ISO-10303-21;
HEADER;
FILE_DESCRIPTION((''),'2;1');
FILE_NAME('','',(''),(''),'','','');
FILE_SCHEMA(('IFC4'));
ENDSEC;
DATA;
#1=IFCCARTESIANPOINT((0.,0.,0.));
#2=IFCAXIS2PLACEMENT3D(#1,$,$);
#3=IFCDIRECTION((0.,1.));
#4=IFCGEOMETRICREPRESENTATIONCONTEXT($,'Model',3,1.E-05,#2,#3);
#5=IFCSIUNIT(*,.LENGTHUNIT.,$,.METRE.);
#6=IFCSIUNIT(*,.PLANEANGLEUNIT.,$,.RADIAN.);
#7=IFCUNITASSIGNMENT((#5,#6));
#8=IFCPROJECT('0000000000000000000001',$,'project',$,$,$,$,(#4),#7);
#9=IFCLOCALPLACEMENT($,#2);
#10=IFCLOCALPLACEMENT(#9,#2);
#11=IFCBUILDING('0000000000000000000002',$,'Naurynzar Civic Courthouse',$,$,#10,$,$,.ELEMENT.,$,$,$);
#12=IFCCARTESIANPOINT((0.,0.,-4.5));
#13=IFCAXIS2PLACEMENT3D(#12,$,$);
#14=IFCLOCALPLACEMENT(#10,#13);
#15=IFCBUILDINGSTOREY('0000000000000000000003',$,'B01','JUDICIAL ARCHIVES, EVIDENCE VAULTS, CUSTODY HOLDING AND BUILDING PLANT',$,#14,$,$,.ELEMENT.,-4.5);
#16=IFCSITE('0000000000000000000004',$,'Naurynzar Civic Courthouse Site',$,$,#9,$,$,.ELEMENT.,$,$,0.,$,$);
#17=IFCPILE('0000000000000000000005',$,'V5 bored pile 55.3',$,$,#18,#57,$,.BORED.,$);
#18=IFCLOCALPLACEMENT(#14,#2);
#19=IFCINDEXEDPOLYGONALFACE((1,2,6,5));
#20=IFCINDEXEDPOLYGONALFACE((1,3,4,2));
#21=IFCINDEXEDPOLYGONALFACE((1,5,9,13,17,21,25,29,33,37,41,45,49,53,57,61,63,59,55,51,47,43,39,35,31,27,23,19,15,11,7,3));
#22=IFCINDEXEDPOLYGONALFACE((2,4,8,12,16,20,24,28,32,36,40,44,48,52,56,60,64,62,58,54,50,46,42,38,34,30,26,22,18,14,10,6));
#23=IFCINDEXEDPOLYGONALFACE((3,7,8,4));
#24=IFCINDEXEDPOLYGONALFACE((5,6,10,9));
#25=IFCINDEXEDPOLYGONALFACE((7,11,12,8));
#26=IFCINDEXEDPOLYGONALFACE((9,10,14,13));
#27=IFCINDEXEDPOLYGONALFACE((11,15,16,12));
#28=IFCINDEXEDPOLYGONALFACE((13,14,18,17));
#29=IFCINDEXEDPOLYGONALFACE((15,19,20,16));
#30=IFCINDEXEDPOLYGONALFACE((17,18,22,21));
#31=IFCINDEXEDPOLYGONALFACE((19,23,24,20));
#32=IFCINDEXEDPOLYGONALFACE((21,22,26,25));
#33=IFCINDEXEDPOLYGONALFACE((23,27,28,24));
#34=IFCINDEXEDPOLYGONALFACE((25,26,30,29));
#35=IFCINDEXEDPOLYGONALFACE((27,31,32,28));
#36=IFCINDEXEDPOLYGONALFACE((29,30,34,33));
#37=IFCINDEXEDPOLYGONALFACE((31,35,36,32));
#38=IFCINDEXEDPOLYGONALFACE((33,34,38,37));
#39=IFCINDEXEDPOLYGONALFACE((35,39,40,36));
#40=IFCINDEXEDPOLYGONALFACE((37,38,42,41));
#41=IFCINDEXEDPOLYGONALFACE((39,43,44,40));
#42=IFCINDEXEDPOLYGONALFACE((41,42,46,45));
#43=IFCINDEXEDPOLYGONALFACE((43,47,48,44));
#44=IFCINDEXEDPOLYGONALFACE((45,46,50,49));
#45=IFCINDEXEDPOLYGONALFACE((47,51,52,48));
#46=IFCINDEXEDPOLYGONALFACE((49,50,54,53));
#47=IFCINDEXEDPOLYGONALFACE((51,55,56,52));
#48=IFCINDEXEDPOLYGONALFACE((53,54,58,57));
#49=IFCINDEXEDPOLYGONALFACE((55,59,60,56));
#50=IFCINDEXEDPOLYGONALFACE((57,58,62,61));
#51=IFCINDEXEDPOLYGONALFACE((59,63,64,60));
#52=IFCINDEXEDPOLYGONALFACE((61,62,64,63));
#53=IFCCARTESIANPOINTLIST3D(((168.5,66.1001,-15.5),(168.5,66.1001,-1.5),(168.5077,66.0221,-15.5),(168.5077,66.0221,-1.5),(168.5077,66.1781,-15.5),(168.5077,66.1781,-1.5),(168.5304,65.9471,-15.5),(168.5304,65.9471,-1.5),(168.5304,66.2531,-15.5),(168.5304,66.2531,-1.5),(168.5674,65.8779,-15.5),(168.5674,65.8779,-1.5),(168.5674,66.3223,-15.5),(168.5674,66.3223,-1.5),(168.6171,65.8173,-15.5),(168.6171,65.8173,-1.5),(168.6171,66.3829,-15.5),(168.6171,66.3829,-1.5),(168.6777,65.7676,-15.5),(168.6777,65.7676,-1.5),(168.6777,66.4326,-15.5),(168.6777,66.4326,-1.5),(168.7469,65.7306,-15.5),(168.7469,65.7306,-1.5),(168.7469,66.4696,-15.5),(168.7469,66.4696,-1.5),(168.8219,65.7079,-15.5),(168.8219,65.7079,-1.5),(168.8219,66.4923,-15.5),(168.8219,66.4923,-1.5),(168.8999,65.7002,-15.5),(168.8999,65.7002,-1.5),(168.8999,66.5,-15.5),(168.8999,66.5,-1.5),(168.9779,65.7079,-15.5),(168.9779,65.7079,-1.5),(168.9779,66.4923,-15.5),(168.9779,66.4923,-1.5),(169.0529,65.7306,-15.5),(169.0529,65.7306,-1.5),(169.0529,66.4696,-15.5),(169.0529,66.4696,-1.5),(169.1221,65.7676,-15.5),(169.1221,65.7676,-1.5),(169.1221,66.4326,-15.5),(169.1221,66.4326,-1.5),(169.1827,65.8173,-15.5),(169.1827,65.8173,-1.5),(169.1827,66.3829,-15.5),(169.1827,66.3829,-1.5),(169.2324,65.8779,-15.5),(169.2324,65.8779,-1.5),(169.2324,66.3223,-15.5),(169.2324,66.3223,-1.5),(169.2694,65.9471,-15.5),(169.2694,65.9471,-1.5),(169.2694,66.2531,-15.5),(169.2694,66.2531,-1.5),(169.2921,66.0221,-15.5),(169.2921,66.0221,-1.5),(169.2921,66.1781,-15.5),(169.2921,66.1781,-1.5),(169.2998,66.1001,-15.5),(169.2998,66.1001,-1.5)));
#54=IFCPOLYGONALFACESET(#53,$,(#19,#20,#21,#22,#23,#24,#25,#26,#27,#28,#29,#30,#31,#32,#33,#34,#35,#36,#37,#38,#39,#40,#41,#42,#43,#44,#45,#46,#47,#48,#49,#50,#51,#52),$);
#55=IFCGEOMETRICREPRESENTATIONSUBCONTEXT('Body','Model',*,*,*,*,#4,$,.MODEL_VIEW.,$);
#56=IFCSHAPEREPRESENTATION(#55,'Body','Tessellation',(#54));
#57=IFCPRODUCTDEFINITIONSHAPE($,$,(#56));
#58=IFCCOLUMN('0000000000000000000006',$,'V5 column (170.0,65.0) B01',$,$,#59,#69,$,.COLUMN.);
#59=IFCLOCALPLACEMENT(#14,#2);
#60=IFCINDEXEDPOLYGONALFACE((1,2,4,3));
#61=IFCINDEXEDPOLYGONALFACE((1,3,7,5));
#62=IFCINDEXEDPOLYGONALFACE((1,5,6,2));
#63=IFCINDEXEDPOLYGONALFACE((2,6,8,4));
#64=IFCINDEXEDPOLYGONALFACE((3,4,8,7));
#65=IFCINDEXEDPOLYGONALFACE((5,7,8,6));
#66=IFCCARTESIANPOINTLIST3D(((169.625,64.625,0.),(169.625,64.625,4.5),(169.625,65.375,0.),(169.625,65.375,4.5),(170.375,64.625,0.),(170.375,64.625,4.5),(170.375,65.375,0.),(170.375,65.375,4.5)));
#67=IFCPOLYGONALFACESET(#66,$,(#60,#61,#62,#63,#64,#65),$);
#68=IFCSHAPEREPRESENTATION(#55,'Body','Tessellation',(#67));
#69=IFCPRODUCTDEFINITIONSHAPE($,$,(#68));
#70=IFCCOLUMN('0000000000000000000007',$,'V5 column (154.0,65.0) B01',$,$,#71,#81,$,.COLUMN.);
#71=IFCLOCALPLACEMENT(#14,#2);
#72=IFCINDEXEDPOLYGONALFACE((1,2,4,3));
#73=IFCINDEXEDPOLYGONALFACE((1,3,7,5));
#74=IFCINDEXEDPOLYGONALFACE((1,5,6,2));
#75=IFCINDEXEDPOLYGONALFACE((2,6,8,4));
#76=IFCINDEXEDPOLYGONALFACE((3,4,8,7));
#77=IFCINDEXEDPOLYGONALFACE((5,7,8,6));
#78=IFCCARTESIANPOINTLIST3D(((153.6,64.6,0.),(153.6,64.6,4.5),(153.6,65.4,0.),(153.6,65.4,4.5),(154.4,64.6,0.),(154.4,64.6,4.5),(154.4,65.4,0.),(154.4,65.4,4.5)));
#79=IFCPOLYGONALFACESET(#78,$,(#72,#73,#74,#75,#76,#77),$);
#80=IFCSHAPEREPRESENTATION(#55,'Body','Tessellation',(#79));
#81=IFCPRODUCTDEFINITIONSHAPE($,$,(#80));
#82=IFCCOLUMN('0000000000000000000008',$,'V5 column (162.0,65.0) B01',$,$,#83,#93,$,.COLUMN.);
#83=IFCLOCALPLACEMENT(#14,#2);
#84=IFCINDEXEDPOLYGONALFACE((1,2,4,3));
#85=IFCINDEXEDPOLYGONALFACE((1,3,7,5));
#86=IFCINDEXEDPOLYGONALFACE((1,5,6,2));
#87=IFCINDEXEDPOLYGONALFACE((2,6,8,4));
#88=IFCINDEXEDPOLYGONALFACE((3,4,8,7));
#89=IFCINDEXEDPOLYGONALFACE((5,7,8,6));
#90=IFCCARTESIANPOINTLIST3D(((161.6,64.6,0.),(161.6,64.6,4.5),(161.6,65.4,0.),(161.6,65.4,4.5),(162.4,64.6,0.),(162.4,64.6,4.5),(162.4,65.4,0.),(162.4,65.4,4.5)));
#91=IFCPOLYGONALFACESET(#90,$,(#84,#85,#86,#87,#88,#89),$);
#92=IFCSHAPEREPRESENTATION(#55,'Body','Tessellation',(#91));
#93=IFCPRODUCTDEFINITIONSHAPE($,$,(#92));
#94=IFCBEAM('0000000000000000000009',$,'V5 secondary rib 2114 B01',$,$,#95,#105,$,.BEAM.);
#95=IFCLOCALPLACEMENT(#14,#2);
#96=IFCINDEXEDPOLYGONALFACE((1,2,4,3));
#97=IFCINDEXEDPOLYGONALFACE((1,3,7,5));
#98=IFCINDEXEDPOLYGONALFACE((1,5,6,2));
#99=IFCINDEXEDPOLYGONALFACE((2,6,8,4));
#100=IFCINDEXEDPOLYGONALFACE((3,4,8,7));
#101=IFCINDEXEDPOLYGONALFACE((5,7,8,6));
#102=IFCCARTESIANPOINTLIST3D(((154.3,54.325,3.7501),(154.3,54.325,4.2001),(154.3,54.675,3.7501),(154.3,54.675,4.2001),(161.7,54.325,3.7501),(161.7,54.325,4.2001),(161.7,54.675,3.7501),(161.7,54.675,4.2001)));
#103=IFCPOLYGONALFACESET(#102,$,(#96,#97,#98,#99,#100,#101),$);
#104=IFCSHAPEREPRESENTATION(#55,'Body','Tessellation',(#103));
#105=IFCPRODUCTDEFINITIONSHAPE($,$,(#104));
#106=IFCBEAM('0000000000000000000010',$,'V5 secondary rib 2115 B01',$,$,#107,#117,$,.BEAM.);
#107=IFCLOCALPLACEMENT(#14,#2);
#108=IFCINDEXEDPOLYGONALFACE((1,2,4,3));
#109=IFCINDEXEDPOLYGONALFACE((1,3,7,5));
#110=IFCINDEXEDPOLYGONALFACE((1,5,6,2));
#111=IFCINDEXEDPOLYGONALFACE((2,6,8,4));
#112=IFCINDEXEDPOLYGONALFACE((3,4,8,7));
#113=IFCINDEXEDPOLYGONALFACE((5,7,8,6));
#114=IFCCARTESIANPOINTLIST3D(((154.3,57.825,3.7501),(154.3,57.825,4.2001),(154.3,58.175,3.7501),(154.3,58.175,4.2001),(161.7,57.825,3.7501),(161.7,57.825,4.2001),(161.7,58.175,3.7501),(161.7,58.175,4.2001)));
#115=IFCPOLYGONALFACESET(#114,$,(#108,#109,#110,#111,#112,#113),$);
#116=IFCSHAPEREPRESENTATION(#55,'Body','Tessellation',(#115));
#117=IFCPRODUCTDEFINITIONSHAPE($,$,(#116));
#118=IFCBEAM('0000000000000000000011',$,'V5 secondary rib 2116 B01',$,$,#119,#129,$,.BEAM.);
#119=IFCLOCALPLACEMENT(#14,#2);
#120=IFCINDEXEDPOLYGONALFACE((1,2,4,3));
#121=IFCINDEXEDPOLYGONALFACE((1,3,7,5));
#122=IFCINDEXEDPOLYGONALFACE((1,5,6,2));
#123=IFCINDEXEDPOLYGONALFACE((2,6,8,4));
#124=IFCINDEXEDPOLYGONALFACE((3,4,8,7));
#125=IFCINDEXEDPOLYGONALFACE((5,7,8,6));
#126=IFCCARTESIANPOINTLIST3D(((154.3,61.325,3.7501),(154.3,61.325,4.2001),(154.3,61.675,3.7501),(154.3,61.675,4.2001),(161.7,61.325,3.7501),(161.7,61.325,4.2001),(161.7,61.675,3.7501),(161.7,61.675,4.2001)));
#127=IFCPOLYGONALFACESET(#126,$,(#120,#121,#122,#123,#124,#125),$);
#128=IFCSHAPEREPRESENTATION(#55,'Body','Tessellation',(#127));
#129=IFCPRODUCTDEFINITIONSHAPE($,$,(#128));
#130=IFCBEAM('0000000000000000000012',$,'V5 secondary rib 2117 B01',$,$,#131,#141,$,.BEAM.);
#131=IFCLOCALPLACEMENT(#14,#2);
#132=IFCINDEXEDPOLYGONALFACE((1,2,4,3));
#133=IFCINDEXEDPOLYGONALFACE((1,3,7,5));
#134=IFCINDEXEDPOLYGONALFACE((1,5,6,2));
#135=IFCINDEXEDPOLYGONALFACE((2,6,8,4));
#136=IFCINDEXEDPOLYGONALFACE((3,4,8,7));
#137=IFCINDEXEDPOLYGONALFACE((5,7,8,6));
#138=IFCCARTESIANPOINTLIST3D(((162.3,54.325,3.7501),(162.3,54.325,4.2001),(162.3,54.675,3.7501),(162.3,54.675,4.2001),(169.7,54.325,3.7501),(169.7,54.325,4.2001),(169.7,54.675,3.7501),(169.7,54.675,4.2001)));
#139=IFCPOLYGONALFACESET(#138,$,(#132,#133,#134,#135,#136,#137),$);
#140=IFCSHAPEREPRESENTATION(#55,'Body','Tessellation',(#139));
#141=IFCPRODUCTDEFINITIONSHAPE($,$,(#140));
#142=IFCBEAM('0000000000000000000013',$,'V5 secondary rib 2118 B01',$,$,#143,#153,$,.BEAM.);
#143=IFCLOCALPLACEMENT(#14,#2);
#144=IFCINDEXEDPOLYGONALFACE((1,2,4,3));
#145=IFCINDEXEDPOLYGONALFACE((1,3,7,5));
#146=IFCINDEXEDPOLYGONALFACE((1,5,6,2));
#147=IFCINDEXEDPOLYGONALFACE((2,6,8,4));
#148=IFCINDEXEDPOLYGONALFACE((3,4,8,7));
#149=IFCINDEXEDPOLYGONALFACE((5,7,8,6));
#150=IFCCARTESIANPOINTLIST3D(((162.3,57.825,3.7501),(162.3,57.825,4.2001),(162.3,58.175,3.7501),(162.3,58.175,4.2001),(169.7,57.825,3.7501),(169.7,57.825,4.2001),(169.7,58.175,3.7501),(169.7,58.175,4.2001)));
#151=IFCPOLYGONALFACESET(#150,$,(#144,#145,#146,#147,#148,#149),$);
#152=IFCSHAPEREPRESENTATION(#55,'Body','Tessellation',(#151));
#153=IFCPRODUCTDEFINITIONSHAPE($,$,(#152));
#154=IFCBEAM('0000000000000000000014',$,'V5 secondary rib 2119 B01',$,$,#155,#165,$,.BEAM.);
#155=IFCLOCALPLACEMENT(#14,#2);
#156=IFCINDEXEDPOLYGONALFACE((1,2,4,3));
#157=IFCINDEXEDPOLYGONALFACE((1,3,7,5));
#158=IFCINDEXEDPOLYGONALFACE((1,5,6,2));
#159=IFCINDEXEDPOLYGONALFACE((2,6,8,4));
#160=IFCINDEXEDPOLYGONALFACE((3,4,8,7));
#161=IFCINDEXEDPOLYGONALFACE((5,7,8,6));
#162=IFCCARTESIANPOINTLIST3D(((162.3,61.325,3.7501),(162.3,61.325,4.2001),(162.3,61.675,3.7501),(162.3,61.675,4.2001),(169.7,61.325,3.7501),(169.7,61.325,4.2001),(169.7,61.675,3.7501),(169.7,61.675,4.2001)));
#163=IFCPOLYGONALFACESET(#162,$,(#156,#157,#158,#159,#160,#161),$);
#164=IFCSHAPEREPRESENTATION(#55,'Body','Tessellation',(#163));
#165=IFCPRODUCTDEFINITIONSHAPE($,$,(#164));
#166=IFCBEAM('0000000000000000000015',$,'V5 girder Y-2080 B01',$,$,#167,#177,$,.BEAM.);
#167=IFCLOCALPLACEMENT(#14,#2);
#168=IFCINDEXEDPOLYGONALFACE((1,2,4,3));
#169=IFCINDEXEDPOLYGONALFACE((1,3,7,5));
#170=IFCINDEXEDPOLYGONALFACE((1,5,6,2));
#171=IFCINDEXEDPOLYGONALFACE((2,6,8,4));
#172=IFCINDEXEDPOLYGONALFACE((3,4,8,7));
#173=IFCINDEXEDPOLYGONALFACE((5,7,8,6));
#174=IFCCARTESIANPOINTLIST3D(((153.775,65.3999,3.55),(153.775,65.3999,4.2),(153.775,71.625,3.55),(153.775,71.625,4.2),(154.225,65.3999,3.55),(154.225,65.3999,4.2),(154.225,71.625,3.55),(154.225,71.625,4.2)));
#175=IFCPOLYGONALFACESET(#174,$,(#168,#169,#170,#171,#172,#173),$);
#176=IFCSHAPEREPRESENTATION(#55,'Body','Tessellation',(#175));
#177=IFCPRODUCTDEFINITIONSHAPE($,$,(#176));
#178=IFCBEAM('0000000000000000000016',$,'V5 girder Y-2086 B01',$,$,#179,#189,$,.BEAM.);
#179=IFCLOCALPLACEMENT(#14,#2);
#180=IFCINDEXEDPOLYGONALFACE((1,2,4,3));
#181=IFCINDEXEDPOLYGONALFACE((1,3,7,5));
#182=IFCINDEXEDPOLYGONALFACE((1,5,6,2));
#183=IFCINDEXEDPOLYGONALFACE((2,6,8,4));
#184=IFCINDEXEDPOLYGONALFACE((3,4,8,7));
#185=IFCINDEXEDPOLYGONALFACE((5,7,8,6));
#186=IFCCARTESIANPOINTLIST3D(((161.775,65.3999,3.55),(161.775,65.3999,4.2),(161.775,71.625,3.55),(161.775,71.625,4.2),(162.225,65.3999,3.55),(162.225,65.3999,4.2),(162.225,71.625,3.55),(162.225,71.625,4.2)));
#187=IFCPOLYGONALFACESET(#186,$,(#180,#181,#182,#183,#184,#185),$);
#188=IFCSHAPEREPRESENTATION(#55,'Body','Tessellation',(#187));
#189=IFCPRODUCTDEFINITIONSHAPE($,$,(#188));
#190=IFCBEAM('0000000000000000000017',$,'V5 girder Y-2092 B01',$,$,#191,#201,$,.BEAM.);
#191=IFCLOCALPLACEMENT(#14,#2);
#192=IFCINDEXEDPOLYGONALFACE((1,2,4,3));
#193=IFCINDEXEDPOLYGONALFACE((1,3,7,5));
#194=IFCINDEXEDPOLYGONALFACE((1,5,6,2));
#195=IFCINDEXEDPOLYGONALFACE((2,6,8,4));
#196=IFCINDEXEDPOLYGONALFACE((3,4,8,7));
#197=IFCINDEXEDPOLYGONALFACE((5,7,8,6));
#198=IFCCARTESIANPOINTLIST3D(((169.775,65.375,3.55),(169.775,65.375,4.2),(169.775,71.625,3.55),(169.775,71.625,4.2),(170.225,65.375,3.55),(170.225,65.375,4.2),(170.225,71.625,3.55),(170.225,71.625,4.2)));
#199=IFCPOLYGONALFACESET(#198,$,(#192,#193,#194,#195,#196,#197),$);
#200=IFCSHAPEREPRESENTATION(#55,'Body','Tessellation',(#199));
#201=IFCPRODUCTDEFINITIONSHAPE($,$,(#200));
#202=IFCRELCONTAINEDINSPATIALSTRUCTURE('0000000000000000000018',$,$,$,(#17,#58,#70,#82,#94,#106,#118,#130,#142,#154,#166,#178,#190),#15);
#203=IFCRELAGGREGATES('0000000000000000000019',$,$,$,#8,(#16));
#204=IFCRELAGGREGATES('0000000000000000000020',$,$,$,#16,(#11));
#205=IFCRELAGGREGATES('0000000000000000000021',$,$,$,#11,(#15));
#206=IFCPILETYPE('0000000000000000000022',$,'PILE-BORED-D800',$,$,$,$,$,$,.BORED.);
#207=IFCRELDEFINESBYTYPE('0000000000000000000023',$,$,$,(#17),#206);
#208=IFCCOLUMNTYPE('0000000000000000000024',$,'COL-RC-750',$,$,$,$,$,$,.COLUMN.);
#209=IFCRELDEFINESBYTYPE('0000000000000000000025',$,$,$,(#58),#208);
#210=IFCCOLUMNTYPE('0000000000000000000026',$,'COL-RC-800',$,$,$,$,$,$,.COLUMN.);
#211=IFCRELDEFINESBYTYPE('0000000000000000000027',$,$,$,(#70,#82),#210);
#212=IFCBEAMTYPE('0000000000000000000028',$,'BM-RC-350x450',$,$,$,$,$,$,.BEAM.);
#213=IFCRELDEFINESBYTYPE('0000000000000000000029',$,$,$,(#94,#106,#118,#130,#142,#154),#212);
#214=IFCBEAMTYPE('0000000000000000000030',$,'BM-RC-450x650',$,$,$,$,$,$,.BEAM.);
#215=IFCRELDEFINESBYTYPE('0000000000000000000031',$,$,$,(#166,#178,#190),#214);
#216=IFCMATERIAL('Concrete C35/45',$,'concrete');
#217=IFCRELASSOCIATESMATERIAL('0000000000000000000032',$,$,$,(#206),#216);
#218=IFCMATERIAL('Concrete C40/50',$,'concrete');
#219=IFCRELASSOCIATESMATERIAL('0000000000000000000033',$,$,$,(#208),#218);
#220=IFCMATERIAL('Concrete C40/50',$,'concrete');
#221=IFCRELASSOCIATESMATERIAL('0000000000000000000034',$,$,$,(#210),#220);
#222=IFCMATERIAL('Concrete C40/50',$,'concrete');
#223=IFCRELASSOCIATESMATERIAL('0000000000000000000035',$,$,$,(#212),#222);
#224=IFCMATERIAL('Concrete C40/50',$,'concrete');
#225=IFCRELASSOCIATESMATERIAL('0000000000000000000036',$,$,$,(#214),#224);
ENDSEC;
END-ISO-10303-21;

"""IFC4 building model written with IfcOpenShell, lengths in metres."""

from ifc_helpers import new_model, si_unit, direction, frame, origin, origin_2d, place, context, subcontext, project, spatial, rectangle, circle, extrude, material, material_profile, profile_set, type_object, element, save


model = new_model("IFC4")

# Units and contexts
model_context = context("Model", 3, precision=1e-05, world=origin(), true_north=direction((0.0, 1.0)))
body_context = subcontext(model_context, "Body", "Model", "MODEL_VIEW")
ifc_project = project(units=[si_unit("LENGTHUNIT", "METRE"), si_unit("PLANEANGLEUNIT", "RADIAN")], contexts=[model_context])

# Site, building, storey
site_placement = place(None, origin())
site = spatial("IfcSite", under=ifc_project, at=site_placement, Name="Naurynzar Civic Courthouse Site", CompositionType="ELEMENT", RefElevation=0.0)
building_placement = place(site_placement, origin())
building = spatial("IfcBuilding", under=site, at=building_placement, Name="Naurynzar Civic Courthouse", CompositionType="ELEMENT")
storey_placement = place(building_placement, frame((0.0, 0.0, -4.5)))
storey = spatial("IfcBuildingStorey", under=building, at=storey_placement, Name="B01", Description="JUDICIAL ARCHIVES, EVIDENCE VAULTS, CUSTODY HOLDING AND BUILDING PLANT", CompositionType="ELEMENT", Elevation=-4.5)

# Pile
ifc_material_1 = material(Name="Concrete C35/45", Category="concrete")
ifc_material_profile_1 = material_profile(ifc_material_1, circle(Radius=0.3999, at=origin_2d()), Name="PILE D800")
ifc_profile_set_1 = profile_set([ifc_material_profile_1], Name="Concrete C35/45")
pile_type_1 = type_object("IfcPileType", Name="PILE-BORED-D800", PredefinedType="BORED", material=ifc_profile_set_1)
for number, where, z_axis, x_axis, name in (
    (1, (168.8999, 66.1001, -1.5), (0.0, 0.0, -1.0), (1.0, 0.0, 0.0), "V5 bored pile 55.3"),
):
    element("IfcPile", number, at=place(storey_placement, frame(where, z_axis=z_axis, x_axis=x_axis)), inside=storey, type_object=pile_type_1, Name=name, PredefinedType="BORED", context=body_context, shape_type="SweptSolid", body=[
        extrude(circle(Radius=0.3999, at=origin_2d()), origin(), (0.0, 0.0, 1.0), 14.0),
    ])

# Columns
ifc_material_2 = material(Name="Concrete C40/50", Category="concrete")
ifc_material_profile_2 = material_profile(ifc_material_2, rectangle(XDim=0.75, YDim=0.75, at=origin_2d()), Name="RC 750x750")
ifc_profile_set_2 = profile_set([ifc_material_profile_2], Name="Concrete C40/50")
column_type_1 = type_object("IfcColumnType", Name="COL-RC-750", PredefinedType="COLUMN", material=ifc_profile_set_2)
column_placement = place(storey_placement, frame((170.0, 65.0, 0.0), z_axis=(0.0, 0.0, 1.0), x_axis=(1.0, 0.0, 0.0)))
element("IfcColumn", 2, at=column_placement, inside=storey, type_object=column_type_1, Name="V5 column (170.0,65.0) B01", PredefinedType="COLUMN", context=body_context, shape_type="SweptSolid", body=[
    extrude(rectangle(XDim=0.75, YDim=0.75, at=origin_2d()), origin(), (0.0, 0.0, 1.0), 4.5),
])
ifc_material_3 = material(Name="Concrete C40/50", Category="concrete")
ifc_material_profile_3 = material_profile(ifc_material_3, rectangle(XDim=0.8, YDim=0.8, at=origin_2d()), Name="RC 800x800")
ifc_profile_set_3 = profile_set([ifc_material_profile_3], Name="Concrete C40/50")
column_type_2 = type_object("IfcColumnType", Name="COL-RC-800", PredefinedType="COLUMN", material=ifc_profile_set_3)
for number, where, z_axis, x_axis, name in (
    (3, (154.0, 65.0, 0.0), (0.0, 0.0, 1.0), (1.0, 0.0, 0.0), "V5 column (154.0,65.0) B01"),
    (4, (162.0, 65.0, 0.0), (0.0, 0.0, 1.0), (1.0, 0.0, 0.0), "V5 column (162.0,65.0) B01"),
):
    element("IfcColumn", number, at=place(storey_placement, frame(where, z_axis=z_axis, x_axis=x_axis)), inside=storey, type_object=column_type_2, Name=name, PredefinedType="COLUMN", context=body_context, shape_type="SweptSolid", body=[
        extrude(rectangle(XDim=0.8, YDim=0.8, at=origin_2d()), origin(), (0.0, 0.0, 1.0), 4.5),
    ])

# Beams
ifc_material_4 = material(Name="Concrete C40/50", Category="concrete")
ifc_material_profile_4 = material_profile(ifc_material_4, rectangle(XDim=0.3501, YDim=0.45, at=origin_2d()), Name="RCB 350x450")
ifc_profile_set_4 = profile_set([ifc_material_profile_4], Name="Concrete C40/50")
beam_type_1 = type_object("IfcBeamType", Name="BM-RC-350x450", PredefinedType="BEAM", material=ifc_profile_set_4)
for number, where, z_axis, x_axis, name in (
    (5, (154.3, 54.5, 3.9751), (1.0, 0.0, 0.0), (0.0, 1.0, 0.0), "V5 secondary rib 2114 B01"),
    (6, (154.3, 58.0, 3.9751), (1.0, 0.0, 0.0), (0.0, 1.0, 0.0), "V5 secondary rib 2115 B01"),
    (7, (154.3, 61.5, 3.9751), (1.0, 0.0, 0.0), (0.0, 1.0, 0.0), "V5 secondary rib 2116 B01"),
    (8, (162.3, 54.5, 3.9751), (1.0, 0.0, 0.0), (0.0, 1.0, 0.0), "V5 secondary rib 2117 B01"),
    (9, (162.3, 58.0, 3.9751), (1.0, 0.0, 0.0), (0.0, 1.0, 0.0), "V5 secondary rib 2118 B01"),
    (10, (162.3, 61.5, 3.9751), (1.0, 0.0, 0.0), (0.0, 1.0, 0.0), "V5 secondary rib 2119 B01"),
):
    element("IfcBeam", number, at=place(storey_placement, frame(where, z_axis=z_axis, x_axis=x_axis)), inside=storey, type_object=beam_type_1, Name=name, PredefinedType="BEAM", context=body_context, shape_type="SweptSolid", body=[
        extrude(rectangle(XDim=0.3501, YDim=0.45, at=origin_2d()), origin(), (0.0, 0.0, 1.0), 7.3999),
    ])
ifc_material_5 = material(Name="Concrete C40/50", Category="concrete")
ifc_material_profile_5 = material_profile(ifc_material_5, rectangle(XDim=0.45, YDim=0.6499, at=origin_2d()), Name="RCB 450x650")
ifc_profile_set_5 = profile_set([ifc_material_profile_5], Name="Concrete C40/50")
beam_type_2 = type_object("IfcBeamType", Name="BM-RC-450x650", PredefinedType="BEAM", material=ifc_profile_set_5)
for number, where, z_axis, x_axis, name in (
    (11, (154.0, 65.3999, 3.875), (0.0, 1.0, 0.0), (-1.0, 0.0, 0.0), "V5 girder Y-2080 B01"),
    (12, (162.0, 65.3999, 3.875), (0.0, 1.0, 0.0), (-1.0, 0.0, 0.0), "V5 girder Y-2086 B01"),
):
    element("IfcBeam", number, at=place(storey_placement, frame(where, z_axis=z_axis, x_axis=x_axis)), inside=storey, type_object=beam_type_2, Name=name, PredefinedType="BEAM", context=body_context, shape_type="SweptSolid", body=[
        extrude(rectangle(XDim=0.45, YDim=0.6499, at=origin_2d()), origin(), (0.0, 0.0, 1.0), 6.2251),
    ])
beam_1_placement = place(storey_placement, frame((170.0, 65.375, 3.875), z_axis=(0.0, 1.0, 0.0), x_axis=(-1.0, 0.0, 0.0)))
element("IfcBeam", 13, at=beam_1_placement, inside=storey, type_object=beam_type_2, Name="V5 girder Y-2092 B01", PredefinedType="BEAM", context=body_context, shape_type="SweptSolid", body=[
    extrude(rectangle(XDim=0.45, YDim=0.6499, at=origin_2d()), origin(), (0.0, 0.0, 1.0), 6.25),
])

save(model, "model.ifc")
